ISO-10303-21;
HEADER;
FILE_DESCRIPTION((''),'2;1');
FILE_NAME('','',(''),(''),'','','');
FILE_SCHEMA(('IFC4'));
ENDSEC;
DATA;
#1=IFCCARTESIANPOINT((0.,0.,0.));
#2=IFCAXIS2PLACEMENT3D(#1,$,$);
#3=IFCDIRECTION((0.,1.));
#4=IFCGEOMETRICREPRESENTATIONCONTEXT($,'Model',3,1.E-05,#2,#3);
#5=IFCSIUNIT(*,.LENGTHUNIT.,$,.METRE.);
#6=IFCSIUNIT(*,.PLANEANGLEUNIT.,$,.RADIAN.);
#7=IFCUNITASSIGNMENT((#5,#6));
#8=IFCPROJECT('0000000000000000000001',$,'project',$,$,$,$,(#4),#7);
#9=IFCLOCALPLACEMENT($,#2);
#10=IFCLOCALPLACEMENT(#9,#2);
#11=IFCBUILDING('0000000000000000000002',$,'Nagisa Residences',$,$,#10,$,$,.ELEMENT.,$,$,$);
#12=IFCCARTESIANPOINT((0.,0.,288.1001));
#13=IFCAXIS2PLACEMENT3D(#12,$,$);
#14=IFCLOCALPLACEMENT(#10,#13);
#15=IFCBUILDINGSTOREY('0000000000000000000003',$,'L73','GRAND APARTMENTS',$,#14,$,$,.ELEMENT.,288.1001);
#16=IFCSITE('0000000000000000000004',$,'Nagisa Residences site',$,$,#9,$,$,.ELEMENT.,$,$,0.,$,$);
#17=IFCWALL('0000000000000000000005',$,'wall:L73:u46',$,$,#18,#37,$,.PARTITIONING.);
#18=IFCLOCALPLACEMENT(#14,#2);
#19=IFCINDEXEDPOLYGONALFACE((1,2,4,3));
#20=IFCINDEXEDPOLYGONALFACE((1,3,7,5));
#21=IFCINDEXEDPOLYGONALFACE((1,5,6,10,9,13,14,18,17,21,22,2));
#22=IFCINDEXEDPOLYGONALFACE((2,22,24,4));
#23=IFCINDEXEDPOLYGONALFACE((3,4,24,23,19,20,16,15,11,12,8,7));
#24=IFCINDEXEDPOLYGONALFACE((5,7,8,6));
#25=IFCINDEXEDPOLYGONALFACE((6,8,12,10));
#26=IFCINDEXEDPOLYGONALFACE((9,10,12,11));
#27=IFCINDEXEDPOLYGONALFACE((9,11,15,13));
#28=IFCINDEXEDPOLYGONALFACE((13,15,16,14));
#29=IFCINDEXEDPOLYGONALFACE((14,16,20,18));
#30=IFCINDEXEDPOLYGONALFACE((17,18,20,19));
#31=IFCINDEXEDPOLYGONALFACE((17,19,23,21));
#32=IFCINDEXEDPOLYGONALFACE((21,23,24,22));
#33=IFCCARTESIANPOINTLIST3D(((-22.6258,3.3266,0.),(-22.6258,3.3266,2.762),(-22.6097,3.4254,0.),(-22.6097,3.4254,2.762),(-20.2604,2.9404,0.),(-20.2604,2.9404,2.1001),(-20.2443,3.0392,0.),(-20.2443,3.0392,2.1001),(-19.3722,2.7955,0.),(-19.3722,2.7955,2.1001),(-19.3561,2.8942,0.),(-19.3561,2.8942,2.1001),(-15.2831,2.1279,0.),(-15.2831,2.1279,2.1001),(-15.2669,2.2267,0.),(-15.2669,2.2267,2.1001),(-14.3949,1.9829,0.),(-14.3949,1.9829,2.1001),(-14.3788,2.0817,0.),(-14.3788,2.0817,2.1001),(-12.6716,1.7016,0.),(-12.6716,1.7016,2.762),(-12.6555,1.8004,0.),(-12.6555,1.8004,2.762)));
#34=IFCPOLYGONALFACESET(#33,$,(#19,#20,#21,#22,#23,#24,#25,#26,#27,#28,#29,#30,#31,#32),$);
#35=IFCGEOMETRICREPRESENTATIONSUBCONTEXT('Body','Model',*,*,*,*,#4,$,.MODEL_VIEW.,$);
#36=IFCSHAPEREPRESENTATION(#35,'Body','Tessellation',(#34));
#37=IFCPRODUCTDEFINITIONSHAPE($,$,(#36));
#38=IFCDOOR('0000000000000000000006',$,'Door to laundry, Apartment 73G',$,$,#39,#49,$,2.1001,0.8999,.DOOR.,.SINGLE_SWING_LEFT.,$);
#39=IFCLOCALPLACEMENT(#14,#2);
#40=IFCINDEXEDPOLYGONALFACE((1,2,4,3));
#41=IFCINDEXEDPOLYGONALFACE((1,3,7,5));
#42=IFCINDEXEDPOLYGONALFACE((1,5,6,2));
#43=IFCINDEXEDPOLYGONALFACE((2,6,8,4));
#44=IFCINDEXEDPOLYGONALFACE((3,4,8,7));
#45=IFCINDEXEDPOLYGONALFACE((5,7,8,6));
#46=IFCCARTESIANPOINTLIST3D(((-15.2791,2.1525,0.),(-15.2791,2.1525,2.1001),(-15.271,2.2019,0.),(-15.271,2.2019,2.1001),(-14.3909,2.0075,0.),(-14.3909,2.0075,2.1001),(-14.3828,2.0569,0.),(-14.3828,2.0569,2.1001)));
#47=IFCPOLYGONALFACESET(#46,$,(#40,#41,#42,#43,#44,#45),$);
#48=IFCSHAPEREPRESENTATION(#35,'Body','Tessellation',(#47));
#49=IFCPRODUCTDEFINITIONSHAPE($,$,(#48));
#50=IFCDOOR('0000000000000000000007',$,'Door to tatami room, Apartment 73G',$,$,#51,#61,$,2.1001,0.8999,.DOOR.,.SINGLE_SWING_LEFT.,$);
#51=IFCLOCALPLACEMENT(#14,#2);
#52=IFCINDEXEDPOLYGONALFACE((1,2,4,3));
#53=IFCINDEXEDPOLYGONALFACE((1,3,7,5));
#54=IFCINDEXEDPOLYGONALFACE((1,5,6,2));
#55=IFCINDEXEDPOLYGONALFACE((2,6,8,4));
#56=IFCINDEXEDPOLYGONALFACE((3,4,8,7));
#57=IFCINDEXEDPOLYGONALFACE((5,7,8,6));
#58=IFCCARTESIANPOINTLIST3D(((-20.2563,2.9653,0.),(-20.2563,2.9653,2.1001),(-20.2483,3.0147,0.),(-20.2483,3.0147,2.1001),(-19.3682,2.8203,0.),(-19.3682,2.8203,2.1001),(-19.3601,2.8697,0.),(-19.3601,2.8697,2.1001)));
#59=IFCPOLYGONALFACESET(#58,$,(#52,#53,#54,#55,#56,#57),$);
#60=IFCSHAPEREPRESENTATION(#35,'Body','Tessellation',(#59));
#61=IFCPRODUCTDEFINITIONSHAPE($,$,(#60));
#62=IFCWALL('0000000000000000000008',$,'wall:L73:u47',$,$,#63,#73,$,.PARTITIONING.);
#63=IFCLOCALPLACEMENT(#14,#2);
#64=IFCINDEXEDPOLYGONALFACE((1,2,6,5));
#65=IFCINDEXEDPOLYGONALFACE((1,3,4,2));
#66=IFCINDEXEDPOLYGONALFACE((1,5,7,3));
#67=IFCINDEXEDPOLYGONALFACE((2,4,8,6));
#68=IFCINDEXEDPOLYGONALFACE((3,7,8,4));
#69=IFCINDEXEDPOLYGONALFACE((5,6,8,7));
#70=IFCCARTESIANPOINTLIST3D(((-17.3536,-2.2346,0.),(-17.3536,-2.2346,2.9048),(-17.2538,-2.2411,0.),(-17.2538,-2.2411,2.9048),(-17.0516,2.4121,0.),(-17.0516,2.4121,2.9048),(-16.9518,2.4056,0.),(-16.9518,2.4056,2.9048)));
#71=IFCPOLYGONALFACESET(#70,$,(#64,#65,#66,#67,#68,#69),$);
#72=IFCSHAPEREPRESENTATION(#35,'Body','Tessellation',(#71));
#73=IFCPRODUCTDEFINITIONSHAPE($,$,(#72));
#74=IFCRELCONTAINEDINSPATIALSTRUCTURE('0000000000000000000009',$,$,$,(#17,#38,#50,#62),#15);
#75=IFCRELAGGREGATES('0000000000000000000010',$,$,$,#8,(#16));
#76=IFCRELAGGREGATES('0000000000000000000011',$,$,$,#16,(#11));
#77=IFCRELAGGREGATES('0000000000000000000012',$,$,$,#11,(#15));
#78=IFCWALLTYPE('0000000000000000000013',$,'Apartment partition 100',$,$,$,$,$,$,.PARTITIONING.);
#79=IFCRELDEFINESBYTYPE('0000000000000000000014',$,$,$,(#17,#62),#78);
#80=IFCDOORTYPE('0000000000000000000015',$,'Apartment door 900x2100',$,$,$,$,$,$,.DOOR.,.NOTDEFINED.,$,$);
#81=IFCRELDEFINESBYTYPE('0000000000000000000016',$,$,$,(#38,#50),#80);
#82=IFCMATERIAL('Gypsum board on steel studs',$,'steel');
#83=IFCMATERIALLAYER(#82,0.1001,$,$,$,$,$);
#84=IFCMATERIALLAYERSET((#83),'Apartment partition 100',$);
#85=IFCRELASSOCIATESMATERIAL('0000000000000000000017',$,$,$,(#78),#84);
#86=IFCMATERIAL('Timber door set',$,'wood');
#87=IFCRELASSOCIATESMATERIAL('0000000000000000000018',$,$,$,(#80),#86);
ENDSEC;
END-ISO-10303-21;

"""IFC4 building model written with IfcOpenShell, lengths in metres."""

from ifc_helpers import new_model, si_unit, direction, frame, frame_2d, origin, place, context, subcontext, project, spatial, rectangle, extrude, material, layer, layer_set, type_object, element, fill, save


model = new_model("IFC4")

# Units and contexts
model_context = context("Model", 3, precision=1e-05, world=origin(), true_north=direction((0.0, 1.0)))
body_context = subcontext(model_context, "Body", "Model", "MODEL_VIEW")
ifc_project = project(units=[si_unit("LENGTHUNIT", "METRE"), si_unit("PLANEANGLEUNIT", "RADIAN")], contexts=[model_context])

# Site, building, storey
site_placement = place(None, origin())
site = spatial("IfcSite", under=ifc_project, at=site_placement, Name="Nagisa Residences site", CompositionType="ELEMENT", RefElevation=0.0)
building_placement = place(site_placement, origin())
building = spatial("IfcBuilding", under=site, at=building_placement, Name="Nagisa Residences", CompositionType="ELEMENT")
storey_placement = place(building_placement, frame((0.0, 0.0, 288.1001)))
storey = spatial("IfcBuildingStorey", under=building, at=storey_placement, Name="L73", Description="GRAND APARTMENTS", CompositionType="ELEMENT", Elevation=288.1001)

# Shared definitions
ifc_material_1 = material(Name="Gypsum board on steel studs", Category="steel")
ifc_layer_1 = layer(ifc_material_1, 0.1001)
ifc_layer_set_1 = layer_set([ifc_layer_1], Name="Apartment partition 100")
wall_type_1 = type_object("IfcWallType", Name="Apartment partition 100", PredefinedType="PARTITIONING", material=ifc_layer_set_1)

# Shared definitions
ifc_material_2 = material(Name="Timber door set", Category="wood")
door_type_1 = type_object("IfcDoorType", Name="Apartment door 900x2100", OperationType="NOTDEFINED", PredefinedType="DOOR", material=ifc_material_2)

# Wall, openings, doors
wall_1_placement = place(storey_placement, frame((-12.6636, 1.751, 0.0), z_axis=(0.0, 0.0, 1.0), x_axis=(-0.986935, 0.161117, 0.0)))
wall_1 = element("IfcWall", 1, at=wall_1_placement, inside=storey, type_object=wall_type_1, Name="wall:L73:u46", PredefinedType="PARTITIONING", context=body_context, shape_type="SweptSolid", body=[
    extrude(rectangle(XDim=10.0859, YDim=0.1001, at=frame_2d((5.043, 0.0))), origin(), (0.0, 0.0, 1.0), 2.762),
])
opening_1_placement = place(wall_1_placement, frame((1.7461, 0.0, 0.0)))
opening_1 = element("IfcOpeningElement", 2, at=opening_1_placement, cuts=wall_1, PredefinedType="OPENING", context=body_context, shape_type="SweptSolid", body=[
    extrude(rectangle(XDim=0.8999, YDim=2.1001, at=frame_2d((0.45, 1.05))), frame((0.0, 0.0601, 0.0), z_axis=(0.0, -1.0, 0.0), x_axis=(1.0, 0.0, 0.0)), (0.0, 0.0, 1.0), 0.1201),
])
opening_2_placement = place(wall_1_placement, frame((6.7893, 0.0, 0.0)))
opening_2 = element("IfcOpeningElement", 3, at=opening_2_placement, cuts=wall_1, PredefinedType="OPENING", context=body_context, shape_type="SweptSolid", body=[
    extrude(rectangle(XDim=0.8999, YDim=2.1001, at=frame_2d((0.45, 1.05))), frame((0.0, 0.0601, 0.0), z_axis=(0.0, -1.0, 0.0), x_axis=(1.0, 0.0, 0.0)), (0.0, 0.0, 1.0), 0.1201),
])
door_1_placement = place(opening_1_placement, frame((0.8999, 0.0, 0.0), x_axis=(-1.0, 0.0, 0.0)))
door_1 = element("IfcDoor", 4, at=door_1_placement, inside=storey, type_object=door_type_1, Name="Door to laundry, Apartment 73G", OperationType="SINGLE_SWING_LEFT", OverallHeight=2.1001, OverallWidth=0.8999, PredefinedType="DOOR", context=body_context, shape_type="SweptSolid", body=[
    extrude(rectangle(XDim=0.8999, YDim=2.1001, at=frame_2d((0.45, 1.05))), frame((0.0, 0.0249, 0.0), z_axis=(0.0, -1.0, 0.0), x_axis=(1.0, 0.0, 0.0)), (0.0, 0.0, 1.0), 0.05),
])
fill(opening_1, door_1)
door_2_placement = place(opening_2_placement, origin())
door_2 = element("IfcDoor", 5, at=door_2_placement, inside=storey, type_object=door_type_1, Name="Door to tatami room, Apartment 73G", OperationType="SINGLE_SWING_LEFT", OverallHeight=2.1001, OverallWidth=0.8999, PredefinedType="DOOR", context=body_context, shape_type="SweptSolid", body=[
    extrude(rectangle(XDim=0.8999, YDim=2.1001, at=frame_2d((0.45, 1.05))), frame((0.0, 0.0249, 0.0), z_axis=(0.0, -1.0, 0.0), x_axis=(1.0, 0.0, 0.0)), (0.0, 0.0, 1.0), 0.05),
])
fill(opening_2, door_2)

# Wall
wall_2_placement = place(storey_placement, frame((-17.0017, 2.4087, 0.0), z_axis=(0.0, 0.0, 1.0), x_axis=(-0.064856, -0.997895, 0.0)))
element("IfcWall", 6, at=wall_2_placement, inside=storey, type_object=wall_type_1, Name="wall:L73:u47", PredefinedType="PARTITIONING", context=body_context, shape_type="SweptSolid", body=[
    extrude(rectangle(XDim=4.6565, YDim=0.1001, at=frame_2d((2.3281, 0.0))), origin(), (0.0, 0.0, 1.0), 2.9048),
])

save(model, "model.ifc")
